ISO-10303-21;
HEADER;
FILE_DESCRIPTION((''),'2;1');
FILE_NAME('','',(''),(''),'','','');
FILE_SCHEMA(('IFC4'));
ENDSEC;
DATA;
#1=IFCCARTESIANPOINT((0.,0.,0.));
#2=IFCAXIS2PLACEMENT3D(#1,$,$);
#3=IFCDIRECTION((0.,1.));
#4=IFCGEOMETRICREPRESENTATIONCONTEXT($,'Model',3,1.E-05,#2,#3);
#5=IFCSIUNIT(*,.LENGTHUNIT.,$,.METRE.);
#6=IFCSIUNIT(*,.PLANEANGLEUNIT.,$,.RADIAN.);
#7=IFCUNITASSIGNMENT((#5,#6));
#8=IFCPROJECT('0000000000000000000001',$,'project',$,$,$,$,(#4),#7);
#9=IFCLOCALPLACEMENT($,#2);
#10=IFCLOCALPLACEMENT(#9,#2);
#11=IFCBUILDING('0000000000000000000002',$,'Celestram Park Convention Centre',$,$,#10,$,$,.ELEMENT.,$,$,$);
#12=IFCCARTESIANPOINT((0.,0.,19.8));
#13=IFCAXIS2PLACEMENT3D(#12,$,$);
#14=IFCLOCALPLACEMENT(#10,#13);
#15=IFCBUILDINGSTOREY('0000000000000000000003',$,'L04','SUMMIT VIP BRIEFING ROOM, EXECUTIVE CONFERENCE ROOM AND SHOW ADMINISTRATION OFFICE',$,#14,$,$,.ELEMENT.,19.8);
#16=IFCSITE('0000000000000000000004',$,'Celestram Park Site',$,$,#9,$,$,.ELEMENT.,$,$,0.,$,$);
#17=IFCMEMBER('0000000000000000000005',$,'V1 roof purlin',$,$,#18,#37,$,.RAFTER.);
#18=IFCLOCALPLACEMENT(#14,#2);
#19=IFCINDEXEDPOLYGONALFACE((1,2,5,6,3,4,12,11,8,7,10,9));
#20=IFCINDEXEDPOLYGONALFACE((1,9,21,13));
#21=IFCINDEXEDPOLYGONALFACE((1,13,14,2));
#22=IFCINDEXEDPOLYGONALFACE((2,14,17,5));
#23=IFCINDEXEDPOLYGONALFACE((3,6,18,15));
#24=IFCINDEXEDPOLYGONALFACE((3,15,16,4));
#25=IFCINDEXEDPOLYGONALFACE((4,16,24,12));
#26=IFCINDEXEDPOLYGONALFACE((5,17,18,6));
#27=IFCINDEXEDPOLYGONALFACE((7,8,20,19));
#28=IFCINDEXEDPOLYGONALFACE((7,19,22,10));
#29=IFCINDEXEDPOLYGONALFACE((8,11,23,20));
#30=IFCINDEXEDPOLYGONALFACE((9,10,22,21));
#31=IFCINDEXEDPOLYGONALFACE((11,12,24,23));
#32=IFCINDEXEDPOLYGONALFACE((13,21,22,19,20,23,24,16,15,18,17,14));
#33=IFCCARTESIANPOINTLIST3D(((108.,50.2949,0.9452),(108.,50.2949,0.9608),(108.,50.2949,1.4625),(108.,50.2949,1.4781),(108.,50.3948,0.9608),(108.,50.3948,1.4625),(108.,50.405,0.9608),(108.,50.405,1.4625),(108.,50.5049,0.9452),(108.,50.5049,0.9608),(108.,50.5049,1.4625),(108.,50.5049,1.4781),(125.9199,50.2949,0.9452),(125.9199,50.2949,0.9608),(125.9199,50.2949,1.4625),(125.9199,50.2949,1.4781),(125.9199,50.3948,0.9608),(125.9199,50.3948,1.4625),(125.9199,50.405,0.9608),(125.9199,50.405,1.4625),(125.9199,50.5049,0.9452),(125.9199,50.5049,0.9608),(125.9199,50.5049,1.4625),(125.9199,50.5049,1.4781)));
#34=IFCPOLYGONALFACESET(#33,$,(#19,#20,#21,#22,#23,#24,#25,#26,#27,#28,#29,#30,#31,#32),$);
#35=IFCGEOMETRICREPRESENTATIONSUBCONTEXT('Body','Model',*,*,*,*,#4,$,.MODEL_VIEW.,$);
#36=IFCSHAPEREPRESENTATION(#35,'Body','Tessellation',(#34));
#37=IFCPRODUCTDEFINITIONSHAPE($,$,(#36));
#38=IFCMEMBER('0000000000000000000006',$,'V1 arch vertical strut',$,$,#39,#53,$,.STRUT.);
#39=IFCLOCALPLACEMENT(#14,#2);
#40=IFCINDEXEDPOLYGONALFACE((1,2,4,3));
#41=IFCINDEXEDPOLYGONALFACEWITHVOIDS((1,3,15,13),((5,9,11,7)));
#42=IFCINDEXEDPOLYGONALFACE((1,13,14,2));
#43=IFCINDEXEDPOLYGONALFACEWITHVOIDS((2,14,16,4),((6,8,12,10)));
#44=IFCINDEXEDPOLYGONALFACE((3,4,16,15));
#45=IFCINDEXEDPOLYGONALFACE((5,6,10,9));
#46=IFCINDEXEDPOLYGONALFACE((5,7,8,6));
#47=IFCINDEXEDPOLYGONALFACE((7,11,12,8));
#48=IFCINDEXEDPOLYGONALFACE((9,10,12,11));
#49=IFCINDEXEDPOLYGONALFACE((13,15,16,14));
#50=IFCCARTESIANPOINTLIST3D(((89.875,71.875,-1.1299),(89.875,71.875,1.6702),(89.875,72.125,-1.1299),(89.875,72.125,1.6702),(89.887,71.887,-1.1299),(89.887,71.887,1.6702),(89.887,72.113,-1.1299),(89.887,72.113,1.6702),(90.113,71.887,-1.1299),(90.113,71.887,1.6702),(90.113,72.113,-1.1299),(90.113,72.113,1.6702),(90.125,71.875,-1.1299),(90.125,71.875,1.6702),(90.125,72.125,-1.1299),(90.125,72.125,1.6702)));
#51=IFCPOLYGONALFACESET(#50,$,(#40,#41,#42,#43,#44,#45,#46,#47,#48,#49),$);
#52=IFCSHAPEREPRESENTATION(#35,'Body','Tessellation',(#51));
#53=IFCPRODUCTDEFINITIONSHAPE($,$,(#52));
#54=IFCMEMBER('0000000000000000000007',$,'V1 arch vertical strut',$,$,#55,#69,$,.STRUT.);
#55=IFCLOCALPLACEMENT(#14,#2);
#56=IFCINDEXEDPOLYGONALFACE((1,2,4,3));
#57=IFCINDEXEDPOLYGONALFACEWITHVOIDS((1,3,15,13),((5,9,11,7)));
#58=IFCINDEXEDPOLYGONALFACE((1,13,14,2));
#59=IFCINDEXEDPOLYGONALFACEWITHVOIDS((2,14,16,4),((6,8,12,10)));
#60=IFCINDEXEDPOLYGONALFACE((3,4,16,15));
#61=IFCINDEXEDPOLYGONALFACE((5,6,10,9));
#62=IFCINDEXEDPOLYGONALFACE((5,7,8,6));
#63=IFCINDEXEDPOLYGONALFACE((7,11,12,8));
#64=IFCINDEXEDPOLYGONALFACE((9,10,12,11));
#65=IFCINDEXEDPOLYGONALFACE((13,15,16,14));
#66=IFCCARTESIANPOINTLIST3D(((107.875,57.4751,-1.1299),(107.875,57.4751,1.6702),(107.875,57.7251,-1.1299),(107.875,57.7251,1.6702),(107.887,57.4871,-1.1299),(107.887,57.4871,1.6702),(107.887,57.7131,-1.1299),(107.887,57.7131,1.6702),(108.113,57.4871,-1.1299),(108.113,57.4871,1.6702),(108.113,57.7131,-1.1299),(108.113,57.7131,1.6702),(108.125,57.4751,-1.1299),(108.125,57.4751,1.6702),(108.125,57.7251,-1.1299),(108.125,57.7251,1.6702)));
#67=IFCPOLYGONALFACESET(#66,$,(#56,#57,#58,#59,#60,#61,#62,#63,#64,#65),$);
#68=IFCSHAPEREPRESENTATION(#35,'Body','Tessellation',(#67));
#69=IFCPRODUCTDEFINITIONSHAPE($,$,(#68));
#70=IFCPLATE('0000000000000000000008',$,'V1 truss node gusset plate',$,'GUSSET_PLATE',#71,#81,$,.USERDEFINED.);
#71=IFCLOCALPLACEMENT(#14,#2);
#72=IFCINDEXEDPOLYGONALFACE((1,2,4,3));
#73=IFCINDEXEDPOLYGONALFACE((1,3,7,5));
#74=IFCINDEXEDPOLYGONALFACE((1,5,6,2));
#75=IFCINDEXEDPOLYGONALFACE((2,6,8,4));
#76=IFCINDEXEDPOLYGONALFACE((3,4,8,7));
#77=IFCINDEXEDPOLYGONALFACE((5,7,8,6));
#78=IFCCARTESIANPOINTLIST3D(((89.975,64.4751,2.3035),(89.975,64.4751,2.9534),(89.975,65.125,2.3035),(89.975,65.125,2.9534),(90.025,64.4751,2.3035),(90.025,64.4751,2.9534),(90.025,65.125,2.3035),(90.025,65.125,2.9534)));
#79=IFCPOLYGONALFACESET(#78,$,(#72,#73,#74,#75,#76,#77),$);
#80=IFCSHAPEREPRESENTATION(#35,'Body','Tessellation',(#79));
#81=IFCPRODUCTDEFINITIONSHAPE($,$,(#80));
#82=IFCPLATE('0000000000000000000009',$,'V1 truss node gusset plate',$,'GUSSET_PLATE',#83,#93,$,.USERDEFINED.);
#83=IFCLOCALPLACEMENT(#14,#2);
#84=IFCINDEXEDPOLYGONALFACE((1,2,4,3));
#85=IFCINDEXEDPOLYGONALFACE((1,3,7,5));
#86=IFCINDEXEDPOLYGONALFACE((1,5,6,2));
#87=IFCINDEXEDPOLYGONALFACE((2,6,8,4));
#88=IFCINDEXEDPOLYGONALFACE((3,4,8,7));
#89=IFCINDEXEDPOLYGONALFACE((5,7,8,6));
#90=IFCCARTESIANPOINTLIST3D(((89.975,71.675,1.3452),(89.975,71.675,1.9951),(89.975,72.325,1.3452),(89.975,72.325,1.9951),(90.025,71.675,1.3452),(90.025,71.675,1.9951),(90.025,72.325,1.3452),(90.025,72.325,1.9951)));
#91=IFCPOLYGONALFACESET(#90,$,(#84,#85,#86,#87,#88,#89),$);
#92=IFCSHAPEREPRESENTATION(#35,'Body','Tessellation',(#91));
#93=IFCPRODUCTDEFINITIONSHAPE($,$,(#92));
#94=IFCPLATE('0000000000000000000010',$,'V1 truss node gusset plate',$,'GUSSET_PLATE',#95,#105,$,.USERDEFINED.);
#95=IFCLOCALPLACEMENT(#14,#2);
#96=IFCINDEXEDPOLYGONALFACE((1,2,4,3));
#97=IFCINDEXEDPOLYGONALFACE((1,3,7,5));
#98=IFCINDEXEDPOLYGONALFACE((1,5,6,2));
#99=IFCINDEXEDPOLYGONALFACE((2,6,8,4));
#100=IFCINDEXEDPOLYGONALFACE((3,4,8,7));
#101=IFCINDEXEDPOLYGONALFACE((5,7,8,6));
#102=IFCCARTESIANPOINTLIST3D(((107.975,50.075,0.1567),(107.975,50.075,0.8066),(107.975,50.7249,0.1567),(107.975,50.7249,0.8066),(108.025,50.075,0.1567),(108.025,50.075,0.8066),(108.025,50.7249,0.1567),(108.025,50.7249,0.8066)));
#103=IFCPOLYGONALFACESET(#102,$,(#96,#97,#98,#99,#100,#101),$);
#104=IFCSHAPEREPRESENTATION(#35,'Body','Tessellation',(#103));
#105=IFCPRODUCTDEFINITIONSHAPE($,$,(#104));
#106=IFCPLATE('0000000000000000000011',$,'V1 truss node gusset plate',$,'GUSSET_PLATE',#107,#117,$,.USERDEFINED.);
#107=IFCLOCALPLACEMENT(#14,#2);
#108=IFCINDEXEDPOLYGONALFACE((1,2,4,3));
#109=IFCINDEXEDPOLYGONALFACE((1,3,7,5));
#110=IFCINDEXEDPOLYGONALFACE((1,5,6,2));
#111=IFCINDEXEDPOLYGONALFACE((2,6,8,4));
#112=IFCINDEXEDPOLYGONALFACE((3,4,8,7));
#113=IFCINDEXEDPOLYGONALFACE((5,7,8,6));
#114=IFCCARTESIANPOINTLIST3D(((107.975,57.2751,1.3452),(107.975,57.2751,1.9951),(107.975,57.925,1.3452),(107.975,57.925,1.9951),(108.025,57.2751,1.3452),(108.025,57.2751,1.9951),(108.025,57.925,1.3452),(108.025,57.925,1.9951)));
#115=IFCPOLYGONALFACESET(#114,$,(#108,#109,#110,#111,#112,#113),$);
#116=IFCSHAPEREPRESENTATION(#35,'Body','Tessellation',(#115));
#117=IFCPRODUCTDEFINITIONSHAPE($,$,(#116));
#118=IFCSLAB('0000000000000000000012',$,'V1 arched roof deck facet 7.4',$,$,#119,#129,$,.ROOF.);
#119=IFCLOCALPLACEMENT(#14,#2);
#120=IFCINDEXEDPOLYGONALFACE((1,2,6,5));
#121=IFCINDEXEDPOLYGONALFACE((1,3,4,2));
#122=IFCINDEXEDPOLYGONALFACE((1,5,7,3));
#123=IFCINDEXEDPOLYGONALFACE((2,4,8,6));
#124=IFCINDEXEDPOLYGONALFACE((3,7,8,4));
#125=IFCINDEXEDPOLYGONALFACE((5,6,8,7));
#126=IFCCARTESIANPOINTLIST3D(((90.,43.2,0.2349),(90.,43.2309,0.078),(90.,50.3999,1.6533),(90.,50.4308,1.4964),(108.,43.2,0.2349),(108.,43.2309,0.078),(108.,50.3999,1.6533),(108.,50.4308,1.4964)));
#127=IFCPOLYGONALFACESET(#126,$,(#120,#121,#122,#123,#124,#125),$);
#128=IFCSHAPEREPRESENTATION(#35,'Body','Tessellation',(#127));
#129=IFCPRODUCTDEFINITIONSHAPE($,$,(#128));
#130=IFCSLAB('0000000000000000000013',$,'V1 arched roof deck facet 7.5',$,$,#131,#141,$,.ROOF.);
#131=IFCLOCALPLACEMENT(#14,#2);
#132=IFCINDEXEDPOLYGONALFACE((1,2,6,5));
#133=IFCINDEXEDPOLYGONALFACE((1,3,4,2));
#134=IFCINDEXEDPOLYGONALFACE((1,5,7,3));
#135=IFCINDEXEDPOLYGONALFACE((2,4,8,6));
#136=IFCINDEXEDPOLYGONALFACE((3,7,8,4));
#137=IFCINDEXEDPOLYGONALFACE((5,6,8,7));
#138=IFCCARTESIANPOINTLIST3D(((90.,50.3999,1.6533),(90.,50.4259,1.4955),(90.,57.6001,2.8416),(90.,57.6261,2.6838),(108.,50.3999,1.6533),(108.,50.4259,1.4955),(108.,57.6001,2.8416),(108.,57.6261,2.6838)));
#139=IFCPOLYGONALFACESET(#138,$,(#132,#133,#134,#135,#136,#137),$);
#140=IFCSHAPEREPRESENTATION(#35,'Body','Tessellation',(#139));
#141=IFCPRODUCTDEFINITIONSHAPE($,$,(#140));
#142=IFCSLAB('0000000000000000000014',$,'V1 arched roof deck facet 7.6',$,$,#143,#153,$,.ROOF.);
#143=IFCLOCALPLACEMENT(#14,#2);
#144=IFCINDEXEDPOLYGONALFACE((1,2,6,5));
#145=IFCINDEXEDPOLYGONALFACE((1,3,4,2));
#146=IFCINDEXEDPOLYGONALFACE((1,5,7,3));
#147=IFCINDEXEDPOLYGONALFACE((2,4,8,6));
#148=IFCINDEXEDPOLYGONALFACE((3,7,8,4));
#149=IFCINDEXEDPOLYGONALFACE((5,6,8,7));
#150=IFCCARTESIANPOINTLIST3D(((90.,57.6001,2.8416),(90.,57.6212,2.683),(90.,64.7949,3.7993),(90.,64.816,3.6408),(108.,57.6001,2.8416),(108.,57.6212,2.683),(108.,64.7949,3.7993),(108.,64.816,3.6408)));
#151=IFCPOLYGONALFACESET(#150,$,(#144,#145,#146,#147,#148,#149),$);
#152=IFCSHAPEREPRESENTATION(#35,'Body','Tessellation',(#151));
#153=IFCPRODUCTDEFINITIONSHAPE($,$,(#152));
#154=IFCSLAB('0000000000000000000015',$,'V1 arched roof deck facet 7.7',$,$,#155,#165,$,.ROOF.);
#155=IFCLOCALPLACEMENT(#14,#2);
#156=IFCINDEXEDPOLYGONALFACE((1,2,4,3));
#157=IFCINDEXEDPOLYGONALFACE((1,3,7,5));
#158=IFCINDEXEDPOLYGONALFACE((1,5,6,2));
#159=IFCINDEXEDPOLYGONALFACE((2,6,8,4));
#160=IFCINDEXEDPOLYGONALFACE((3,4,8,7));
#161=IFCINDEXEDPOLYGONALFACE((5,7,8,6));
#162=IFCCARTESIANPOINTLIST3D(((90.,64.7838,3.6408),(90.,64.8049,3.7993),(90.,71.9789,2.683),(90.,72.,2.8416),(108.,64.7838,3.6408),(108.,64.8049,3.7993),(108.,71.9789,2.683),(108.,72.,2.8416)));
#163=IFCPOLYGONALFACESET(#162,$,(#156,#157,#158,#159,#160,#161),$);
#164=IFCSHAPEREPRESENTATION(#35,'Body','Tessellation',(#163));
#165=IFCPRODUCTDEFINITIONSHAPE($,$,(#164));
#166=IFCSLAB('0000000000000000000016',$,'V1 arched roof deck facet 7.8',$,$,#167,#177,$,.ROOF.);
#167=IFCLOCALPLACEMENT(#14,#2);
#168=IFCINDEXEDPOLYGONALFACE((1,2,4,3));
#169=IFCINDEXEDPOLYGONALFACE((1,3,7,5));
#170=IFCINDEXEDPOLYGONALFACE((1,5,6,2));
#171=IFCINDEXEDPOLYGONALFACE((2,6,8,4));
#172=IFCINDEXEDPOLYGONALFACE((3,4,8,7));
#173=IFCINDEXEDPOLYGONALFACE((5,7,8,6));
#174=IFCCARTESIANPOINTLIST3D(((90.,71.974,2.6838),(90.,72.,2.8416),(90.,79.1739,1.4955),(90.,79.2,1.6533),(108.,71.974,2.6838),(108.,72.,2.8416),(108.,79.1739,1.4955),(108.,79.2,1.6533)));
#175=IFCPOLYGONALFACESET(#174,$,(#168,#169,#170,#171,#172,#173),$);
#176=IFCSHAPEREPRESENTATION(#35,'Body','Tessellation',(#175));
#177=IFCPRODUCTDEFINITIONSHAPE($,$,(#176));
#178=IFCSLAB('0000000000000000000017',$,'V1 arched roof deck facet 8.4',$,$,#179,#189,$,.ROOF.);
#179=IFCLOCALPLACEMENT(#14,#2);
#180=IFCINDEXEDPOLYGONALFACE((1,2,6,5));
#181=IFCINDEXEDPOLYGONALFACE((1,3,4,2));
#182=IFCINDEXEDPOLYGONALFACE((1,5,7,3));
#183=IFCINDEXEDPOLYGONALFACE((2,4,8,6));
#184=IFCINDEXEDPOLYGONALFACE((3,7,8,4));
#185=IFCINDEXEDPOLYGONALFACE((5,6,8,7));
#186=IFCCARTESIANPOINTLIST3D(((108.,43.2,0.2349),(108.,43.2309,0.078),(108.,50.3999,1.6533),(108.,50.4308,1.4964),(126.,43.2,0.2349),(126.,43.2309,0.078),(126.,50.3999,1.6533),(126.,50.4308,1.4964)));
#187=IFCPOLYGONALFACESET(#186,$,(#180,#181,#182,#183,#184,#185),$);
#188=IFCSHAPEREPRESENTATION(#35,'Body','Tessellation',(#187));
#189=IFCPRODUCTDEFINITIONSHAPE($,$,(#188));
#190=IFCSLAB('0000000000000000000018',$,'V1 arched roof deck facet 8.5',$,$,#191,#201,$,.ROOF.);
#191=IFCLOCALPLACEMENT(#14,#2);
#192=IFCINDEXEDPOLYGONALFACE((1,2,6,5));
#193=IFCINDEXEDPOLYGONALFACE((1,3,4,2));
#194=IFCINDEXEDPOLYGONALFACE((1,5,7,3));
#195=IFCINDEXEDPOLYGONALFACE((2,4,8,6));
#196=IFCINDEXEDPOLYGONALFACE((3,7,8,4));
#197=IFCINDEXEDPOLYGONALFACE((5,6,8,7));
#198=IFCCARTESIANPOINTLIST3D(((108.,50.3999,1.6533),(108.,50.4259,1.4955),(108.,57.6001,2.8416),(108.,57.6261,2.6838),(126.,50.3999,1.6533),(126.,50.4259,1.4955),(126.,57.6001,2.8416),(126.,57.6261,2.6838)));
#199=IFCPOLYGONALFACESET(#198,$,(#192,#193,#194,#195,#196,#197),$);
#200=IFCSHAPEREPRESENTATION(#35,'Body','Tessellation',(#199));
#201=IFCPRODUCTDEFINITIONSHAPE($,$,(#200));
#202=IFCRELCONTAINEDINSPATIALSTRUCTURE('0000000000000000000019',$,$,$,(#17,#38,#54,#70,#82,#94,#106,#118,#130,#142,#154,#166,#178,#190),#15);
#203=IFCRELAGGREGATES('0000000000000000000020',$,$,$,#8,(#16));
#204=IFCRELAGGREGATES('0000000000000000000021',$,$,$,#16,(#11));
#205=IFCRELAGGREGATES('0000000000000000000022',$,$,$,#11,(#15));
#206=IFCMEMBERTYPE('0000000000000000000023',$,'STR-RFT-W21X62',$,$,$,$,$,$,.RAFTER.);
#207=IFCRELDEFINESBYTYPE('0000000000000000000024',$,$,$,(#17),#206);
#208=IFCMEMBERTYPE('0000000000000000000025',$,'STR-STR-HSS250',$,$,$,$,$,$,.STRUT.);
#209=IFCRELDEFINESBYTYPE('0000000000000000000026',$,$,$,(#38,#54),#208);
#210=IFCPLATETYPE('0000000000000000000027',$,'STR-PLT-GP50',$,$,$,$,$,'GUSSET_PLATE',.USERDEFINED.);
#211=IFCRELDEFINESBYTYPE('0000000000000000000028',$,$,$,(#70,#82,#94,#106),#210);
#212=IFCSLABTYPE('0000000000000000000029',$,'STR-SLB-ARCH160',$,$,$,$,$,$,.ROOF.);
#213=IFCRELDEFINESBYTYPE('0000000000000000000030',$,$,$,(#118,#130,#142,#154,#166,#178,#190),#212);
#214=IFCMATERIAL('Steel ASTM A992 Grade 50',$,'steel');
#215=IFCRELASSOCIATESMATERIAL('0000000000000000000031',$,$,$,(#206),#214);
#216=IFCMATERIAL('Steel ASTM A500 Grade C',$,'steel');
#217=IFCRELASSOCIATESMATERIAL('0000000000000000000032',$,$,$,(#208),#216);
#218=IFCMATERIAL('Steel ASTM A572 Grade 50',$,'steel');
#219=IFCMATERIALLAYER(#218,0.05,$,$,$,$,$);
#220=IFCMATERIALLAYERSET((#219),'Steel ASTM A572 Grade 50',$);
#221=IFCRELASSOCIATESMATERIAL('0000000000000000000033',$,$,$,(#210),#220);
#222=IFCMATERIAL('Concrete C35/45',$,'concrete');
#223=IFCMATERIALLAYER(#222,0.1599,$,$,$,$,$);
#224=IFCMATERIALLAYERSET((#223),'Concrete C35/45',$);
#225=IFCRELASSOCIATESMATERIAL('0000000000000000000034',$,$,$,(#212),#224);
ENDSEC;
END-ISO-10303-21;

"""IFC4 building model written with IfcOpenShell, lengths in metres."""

from ifc_helpers import new_model, si_unit, direction, frame, origin, origin_2d, place, context, subcontext, project, spatial, polyline, rectangle, hollow_rectangle, i_section, outline, extrude, material, layer, layer_set, material_profile, profile_set, type_object, element, save


model = new_model("IFC4")

# Units and contexts
model_context = context("Model", 3, precision=1e-05, world=origin(), true_north=direction((0.0, 1.0)))
body_context = subcontext(model_context, "Body", "Model", "MODEL_VIEW")
ifc_project = project(units=[si_unit("LENGTHUNIT", "METRE"), si_unit("PLANEANGLEUNIT", "RADIAN")], contexts=[model_context])

# Site, building, storey
site_placement = place(None, origin())
site = spatial("IfcSite", under=ifc_project, at=site_placement, Name="Celestram Park Site", CompositionType="ELEMENT", RefElevation=0.0)
building_placement = place(site_placement, origin())
building = spatial("IfcBuilding", under=site, at=building_placement, Name="Celestram Park Convention Centre", CompositionType="ELEMENT")
storey_placement = place(building_placement, frame((0.0, 0.0, 19.8)))
storey = spatial("IfcBuildingStorey", under=building, at=storey_placement, Name="L04", Description="SUMMIT VIP BRIEFING ROOM, EXECUTIVE CONFERENCE ROOM AND SHOW ADMINISTRATION OFFICE", CompositionType="ELEMENT", Elevation=19.8)

# Members
ifc_material_1 = material(Name="Steel ASTM A500 Grade C", Category="steel")
ifc_material_2 = material(Name="Steel ASTM A992 Grade 50", Category="steel")
ifc_material_profile_1 = material_profile(ifc_material_2, i_section(OverallWidth=0.21, OverallDepth=0.533, WebThickness=0.0103, FlangeThickness=0.0156, at=origin_2d()), Name="W21X62")
ifc_profile_set_1 = profile_set([ifc_material_profile_1], Name="Steel ASTM A992 Grade 50")
member_type_1 = type_object("IfcMemberType", Name="STR-RFT-W21X62", PredefinedType="RAFTER", material=ifc_profile_set_1)
member_1_placement = place(storey_placement, frame((108.0, 50.3999, 1.2117), z_axis=(1.0, 0.0, 0.0), x_axis=(0.0, 1.0, 0.0)))
element("IfcMember", 1, at=member_1_placement, inside=storey, type_object=member_type_1, Name="V1 roof purlin", PredefinedType="RAFTER", context=body_context, shape_type="SweptSolid", body=[
    extrude(i_section(OverallWidth=0.21, OverallDepth=0.533, WebThickness=0.0103, FlangeThickness=0.0156, at=origin_2d()), origin(), (0.0, 0.0, 1.0), 17.9199),
])
ifc_material_profile_2 = material_profile(ifc_material_1, hollow_rectangle(XDim=0.25, YDim=0.25, WallThickness=0.012, at=origin_2d()), Name="HSS250X250X12")
ifc_profile_set_2 = profile_set([ifc_material_profile_2], Name="Steel ASTM A500 Grade C")
member_type_2 = type_object("IfcMemberType", Name="STR-STR-HSS250", PredefinedType="STRUT", material=ifc_profile_set_2)
for number, where, z_axis, x_axis, name in (
    (2, (90.0, 72.0, -1.1299), (0.0, 0.0, 1.0), (1.0, 0.0, 0.0), "V1 arch vertical strut"),
    (3, (108.0, 57.6001, -1.1299), (0.0, 0.0, 1.0), (1.0, 0.0, 0.0), "V1 arch vertical strut"),
):
    element("IfcMember", number, at=place(storey_placement, frame(where, z_axis=z_axis, x_axis=x_axis)), inside=storey, type_object=member_type_2, Name=name, PredefinedType="STRUT", context=body_context, shape_type="SweptSolid", body=[
        extrude(hollow_rectangle(XDim=0.25, YDim=0.25, WallThickness=0.012, at=origin_2d()), origin(), (0.0, 0.0, 1.0), 2.8),
    ])

# Plates
ifc_material_3 = material(Name="Steel ASTM A572 Grade 50", Category="steel")
ifc_layer_1 = layer(ifc_material_3, 0.05)
ifc_layer_set_1 = layer_set([ifc_layer_1], Name="Steel ASTM A572 Grade 50")
plate_type = type_object("IfcPlateType", Name="STR-PLT-GP50", ElementType="GUSSET_PLATE", PredefinedType="USERDEFINED", material=ifc_layer_set_1)
for number, where, z_axis, x_axis, name in (
    (4, (90.0, 64.8, 2.3035), (0.0, 0.0, 1.0), (0.0, 1.0, 0.0), "V1 truss node gusset plate"),
    (5, (90.0, 72.0, 1.3452), (0.0, 0.0, 1.0), (0.0, 1.0, 0.0), "V1 truss node gusset plate"),
    (6, (108.0, 50.3999, 0.1567), (0.0, 0.0, 1.0), (0.0, 1.0, 0.0), "V1 truss node gusset plate"),
    (7, (108.0, 57.6001, 1.3452), (0.0, 0.0, 1.0), (0.0, 1.0, 0.0), "V1 truss node gusset plate"),
):
    element("IfcPlate", number, at=place(storey_placement, frame(where, z_axis=z_axis, x_axis=x_axis)), inside=storey, type_object=plate_type, Name=name, ObjectType="GUSSET_PLATE", PredefinedType="USERDEFINED", context=body_context, shape_type="SweptSolid", body=[
        extrude(rectangle(XDim=0.6499, YDim=0.05, at=origin_2d()), origin(), (0.0, 0.0, 1.0), 0.6499),
    ])

# Slabs
ifc_material_4 = material(Name="Concrete C35/45", Category="concrete")
ifc_layer_2 = layer(ifc_material_4, 0.1599)
ifc_layer_set_2 = layer_set([ifc_layer_2], Name="Concrete C35/45")
slab_type = type_object("IfcSlabType", Name="STR-SLB-ARCH160", PredefinedType="ROOF", material=ifc_layer_set_2)
slab_1_placement = place(storey_placement, frame((90.0, 43.2, 0.2349), z_axis=(0.0, -0.193294, 0.981141), x_axis=(1.0, 0.0, 0.0)))
element("IfcSlab", 8, at=slab_1_placement, inside=storey, type_object=slab_type, Name="V1 arched roof deck facet 7.4", PredefinedType="ROOF", context=body_context, shape_type="SweptSolid", body=[
    extrude(outline(polyline([(0.0, 0.0), (18.0, 0.0), (18.0, 7.3383), (0.0, 7.3383), (0.0, 0.0)])), origin(), (0.0, 0.0, -1.0), 0.1599),
])
slab_2_placement = place(storey_placement, frame((90.0, 50.3999, 1.6533), z_axis=(0.0, -0.162825, 0.986655), x_axis=(1.0, 0.0, 0.0)))
element("IfcSlab", 9, at=slab_2_placement, inside=storey, type_object=slab_type, Name="V1 arched roof deck facet 7.5", PredefinedType="ROOF", context=body_context, shape_type="SweptSolid", body=[
    extrude(outline(polyline([(0.0, 0.0), (18.0, 0.0), (18.0, 7.2976), (0.0, 7.2976), (0.0, 0.0)])), origin(), (0.0, 0.0, -1.0), 0.1599),
])
slab_3_placement = place(storey_placement, frame((90.0, 57.6001, 2.8416), z_axis=(0.0, -0.131954, 0.991256), x_axis=(1.0, 0.0, 0.0)))
element("IfcSlab", 10, at=slab_3_placement, inside=storey, type_object=slab_type, Name="V1 arched roof deck facet 7.6", PredefinedType="ROOF", context=body_context, shape_type="SweptSolid", body=[
    extrude(outline(polyline([(0.0, 0.0), (18.0, 0.0), (18.0, 7.2583), (0.0, 7.2583), (0.0, 0.0)])), origin(), (0.0, 0.0, -1.0), 0.1599),
])
slab_4_placement = place(storey_placement, frame((90.0, 64.8049, 3.7993), z_axis=(0.0, 0.13195, 0.991256), x_axis=(1.0, 0.0, 0.0)))
element("IfcSlab", 11, at=slab_4_placement, inside=storey, type_object=slab_type, Name="V1 arched roof deck facet 7.7", PredefinedType="ROOF", context=body_context, shape_type="SweptSolid", body=[
    extrude(outline(polyline([(0.0, 0.0), (18.0, 0.0), (18.0, 7.2585), (0.0, 7.2585), (0.0, 0.0)])), origin(), (0.0, 0.0, -1.0), 0.1599),
])
slab_5_placement = place(storey_placement, frame((90.0, 72.0, 2.8416), z_axis=(0.0, 0.162831, 0.986654), x_axis=(1.0, 0.0, 0.0)))
element("IfcSlab", 12, at=slab_5_placement, inside=storey, type_object=slab_type, Name="V1 arched roof deck facet 7.8", PredefinedType="ROOF", context=body_context, shape_type="SweptSolid", body=[
    extrude(outline(polyline([(0.0, 0.0), (18.0, 0.0), (18.0, 7.2973), (0.0, 7.2973), (0.0, 0.0)])), origin(), (0.0, 0.0, -1.0), 0.1599),
])
slab_6_placement = place(storey_placement, frame((108.0, 43.2, 0.2349), z_axis=(0.0, -0.193294, 0.981141), x_axis=(1.0, 0.0, 0.0)))
element("IfcSlab", 13, at=slab_6_placement, inside=storey, type_object=slab_type, Name="V1 arched roof deck facet 8.4", PredefinedType="ROOF", context=body_context, shape_type="SweptSolid", body=[
    extrude(outline(polyline([(0.0, 0.0), (18.0, 0.0), (18.0, 7.3383), (0.0, 7.3383), (0.0, 0.0)])), origin(), (0.0, 0.0, -1.0), 0.1599),
])
slab_7_placement = place(storey_placement, frame((108.0, 50.3999, 1.6533), z_axis=(0.0, -0.162825, 0.986655), x_axis=(1.0, 0.0, 0.0)))
element("IfcSlab", 14, at=slab_7_placement, inside=storey, type_object=slab_type, Name="V1 arched roof deck facet 8.5", PredefinedType="ROOF", context=body_context, shape_type="SweptSolid", body=[
    extrude(outline(polyline([(0.0, 0.0), (18.0, 0.0), (18.0, 7.2976), (0.0, 7.2976), (0.0, 0.0)])), origin(), (0.0, 0.0, -1.0), 0.1599),
])

save(model, "model.ifc")
